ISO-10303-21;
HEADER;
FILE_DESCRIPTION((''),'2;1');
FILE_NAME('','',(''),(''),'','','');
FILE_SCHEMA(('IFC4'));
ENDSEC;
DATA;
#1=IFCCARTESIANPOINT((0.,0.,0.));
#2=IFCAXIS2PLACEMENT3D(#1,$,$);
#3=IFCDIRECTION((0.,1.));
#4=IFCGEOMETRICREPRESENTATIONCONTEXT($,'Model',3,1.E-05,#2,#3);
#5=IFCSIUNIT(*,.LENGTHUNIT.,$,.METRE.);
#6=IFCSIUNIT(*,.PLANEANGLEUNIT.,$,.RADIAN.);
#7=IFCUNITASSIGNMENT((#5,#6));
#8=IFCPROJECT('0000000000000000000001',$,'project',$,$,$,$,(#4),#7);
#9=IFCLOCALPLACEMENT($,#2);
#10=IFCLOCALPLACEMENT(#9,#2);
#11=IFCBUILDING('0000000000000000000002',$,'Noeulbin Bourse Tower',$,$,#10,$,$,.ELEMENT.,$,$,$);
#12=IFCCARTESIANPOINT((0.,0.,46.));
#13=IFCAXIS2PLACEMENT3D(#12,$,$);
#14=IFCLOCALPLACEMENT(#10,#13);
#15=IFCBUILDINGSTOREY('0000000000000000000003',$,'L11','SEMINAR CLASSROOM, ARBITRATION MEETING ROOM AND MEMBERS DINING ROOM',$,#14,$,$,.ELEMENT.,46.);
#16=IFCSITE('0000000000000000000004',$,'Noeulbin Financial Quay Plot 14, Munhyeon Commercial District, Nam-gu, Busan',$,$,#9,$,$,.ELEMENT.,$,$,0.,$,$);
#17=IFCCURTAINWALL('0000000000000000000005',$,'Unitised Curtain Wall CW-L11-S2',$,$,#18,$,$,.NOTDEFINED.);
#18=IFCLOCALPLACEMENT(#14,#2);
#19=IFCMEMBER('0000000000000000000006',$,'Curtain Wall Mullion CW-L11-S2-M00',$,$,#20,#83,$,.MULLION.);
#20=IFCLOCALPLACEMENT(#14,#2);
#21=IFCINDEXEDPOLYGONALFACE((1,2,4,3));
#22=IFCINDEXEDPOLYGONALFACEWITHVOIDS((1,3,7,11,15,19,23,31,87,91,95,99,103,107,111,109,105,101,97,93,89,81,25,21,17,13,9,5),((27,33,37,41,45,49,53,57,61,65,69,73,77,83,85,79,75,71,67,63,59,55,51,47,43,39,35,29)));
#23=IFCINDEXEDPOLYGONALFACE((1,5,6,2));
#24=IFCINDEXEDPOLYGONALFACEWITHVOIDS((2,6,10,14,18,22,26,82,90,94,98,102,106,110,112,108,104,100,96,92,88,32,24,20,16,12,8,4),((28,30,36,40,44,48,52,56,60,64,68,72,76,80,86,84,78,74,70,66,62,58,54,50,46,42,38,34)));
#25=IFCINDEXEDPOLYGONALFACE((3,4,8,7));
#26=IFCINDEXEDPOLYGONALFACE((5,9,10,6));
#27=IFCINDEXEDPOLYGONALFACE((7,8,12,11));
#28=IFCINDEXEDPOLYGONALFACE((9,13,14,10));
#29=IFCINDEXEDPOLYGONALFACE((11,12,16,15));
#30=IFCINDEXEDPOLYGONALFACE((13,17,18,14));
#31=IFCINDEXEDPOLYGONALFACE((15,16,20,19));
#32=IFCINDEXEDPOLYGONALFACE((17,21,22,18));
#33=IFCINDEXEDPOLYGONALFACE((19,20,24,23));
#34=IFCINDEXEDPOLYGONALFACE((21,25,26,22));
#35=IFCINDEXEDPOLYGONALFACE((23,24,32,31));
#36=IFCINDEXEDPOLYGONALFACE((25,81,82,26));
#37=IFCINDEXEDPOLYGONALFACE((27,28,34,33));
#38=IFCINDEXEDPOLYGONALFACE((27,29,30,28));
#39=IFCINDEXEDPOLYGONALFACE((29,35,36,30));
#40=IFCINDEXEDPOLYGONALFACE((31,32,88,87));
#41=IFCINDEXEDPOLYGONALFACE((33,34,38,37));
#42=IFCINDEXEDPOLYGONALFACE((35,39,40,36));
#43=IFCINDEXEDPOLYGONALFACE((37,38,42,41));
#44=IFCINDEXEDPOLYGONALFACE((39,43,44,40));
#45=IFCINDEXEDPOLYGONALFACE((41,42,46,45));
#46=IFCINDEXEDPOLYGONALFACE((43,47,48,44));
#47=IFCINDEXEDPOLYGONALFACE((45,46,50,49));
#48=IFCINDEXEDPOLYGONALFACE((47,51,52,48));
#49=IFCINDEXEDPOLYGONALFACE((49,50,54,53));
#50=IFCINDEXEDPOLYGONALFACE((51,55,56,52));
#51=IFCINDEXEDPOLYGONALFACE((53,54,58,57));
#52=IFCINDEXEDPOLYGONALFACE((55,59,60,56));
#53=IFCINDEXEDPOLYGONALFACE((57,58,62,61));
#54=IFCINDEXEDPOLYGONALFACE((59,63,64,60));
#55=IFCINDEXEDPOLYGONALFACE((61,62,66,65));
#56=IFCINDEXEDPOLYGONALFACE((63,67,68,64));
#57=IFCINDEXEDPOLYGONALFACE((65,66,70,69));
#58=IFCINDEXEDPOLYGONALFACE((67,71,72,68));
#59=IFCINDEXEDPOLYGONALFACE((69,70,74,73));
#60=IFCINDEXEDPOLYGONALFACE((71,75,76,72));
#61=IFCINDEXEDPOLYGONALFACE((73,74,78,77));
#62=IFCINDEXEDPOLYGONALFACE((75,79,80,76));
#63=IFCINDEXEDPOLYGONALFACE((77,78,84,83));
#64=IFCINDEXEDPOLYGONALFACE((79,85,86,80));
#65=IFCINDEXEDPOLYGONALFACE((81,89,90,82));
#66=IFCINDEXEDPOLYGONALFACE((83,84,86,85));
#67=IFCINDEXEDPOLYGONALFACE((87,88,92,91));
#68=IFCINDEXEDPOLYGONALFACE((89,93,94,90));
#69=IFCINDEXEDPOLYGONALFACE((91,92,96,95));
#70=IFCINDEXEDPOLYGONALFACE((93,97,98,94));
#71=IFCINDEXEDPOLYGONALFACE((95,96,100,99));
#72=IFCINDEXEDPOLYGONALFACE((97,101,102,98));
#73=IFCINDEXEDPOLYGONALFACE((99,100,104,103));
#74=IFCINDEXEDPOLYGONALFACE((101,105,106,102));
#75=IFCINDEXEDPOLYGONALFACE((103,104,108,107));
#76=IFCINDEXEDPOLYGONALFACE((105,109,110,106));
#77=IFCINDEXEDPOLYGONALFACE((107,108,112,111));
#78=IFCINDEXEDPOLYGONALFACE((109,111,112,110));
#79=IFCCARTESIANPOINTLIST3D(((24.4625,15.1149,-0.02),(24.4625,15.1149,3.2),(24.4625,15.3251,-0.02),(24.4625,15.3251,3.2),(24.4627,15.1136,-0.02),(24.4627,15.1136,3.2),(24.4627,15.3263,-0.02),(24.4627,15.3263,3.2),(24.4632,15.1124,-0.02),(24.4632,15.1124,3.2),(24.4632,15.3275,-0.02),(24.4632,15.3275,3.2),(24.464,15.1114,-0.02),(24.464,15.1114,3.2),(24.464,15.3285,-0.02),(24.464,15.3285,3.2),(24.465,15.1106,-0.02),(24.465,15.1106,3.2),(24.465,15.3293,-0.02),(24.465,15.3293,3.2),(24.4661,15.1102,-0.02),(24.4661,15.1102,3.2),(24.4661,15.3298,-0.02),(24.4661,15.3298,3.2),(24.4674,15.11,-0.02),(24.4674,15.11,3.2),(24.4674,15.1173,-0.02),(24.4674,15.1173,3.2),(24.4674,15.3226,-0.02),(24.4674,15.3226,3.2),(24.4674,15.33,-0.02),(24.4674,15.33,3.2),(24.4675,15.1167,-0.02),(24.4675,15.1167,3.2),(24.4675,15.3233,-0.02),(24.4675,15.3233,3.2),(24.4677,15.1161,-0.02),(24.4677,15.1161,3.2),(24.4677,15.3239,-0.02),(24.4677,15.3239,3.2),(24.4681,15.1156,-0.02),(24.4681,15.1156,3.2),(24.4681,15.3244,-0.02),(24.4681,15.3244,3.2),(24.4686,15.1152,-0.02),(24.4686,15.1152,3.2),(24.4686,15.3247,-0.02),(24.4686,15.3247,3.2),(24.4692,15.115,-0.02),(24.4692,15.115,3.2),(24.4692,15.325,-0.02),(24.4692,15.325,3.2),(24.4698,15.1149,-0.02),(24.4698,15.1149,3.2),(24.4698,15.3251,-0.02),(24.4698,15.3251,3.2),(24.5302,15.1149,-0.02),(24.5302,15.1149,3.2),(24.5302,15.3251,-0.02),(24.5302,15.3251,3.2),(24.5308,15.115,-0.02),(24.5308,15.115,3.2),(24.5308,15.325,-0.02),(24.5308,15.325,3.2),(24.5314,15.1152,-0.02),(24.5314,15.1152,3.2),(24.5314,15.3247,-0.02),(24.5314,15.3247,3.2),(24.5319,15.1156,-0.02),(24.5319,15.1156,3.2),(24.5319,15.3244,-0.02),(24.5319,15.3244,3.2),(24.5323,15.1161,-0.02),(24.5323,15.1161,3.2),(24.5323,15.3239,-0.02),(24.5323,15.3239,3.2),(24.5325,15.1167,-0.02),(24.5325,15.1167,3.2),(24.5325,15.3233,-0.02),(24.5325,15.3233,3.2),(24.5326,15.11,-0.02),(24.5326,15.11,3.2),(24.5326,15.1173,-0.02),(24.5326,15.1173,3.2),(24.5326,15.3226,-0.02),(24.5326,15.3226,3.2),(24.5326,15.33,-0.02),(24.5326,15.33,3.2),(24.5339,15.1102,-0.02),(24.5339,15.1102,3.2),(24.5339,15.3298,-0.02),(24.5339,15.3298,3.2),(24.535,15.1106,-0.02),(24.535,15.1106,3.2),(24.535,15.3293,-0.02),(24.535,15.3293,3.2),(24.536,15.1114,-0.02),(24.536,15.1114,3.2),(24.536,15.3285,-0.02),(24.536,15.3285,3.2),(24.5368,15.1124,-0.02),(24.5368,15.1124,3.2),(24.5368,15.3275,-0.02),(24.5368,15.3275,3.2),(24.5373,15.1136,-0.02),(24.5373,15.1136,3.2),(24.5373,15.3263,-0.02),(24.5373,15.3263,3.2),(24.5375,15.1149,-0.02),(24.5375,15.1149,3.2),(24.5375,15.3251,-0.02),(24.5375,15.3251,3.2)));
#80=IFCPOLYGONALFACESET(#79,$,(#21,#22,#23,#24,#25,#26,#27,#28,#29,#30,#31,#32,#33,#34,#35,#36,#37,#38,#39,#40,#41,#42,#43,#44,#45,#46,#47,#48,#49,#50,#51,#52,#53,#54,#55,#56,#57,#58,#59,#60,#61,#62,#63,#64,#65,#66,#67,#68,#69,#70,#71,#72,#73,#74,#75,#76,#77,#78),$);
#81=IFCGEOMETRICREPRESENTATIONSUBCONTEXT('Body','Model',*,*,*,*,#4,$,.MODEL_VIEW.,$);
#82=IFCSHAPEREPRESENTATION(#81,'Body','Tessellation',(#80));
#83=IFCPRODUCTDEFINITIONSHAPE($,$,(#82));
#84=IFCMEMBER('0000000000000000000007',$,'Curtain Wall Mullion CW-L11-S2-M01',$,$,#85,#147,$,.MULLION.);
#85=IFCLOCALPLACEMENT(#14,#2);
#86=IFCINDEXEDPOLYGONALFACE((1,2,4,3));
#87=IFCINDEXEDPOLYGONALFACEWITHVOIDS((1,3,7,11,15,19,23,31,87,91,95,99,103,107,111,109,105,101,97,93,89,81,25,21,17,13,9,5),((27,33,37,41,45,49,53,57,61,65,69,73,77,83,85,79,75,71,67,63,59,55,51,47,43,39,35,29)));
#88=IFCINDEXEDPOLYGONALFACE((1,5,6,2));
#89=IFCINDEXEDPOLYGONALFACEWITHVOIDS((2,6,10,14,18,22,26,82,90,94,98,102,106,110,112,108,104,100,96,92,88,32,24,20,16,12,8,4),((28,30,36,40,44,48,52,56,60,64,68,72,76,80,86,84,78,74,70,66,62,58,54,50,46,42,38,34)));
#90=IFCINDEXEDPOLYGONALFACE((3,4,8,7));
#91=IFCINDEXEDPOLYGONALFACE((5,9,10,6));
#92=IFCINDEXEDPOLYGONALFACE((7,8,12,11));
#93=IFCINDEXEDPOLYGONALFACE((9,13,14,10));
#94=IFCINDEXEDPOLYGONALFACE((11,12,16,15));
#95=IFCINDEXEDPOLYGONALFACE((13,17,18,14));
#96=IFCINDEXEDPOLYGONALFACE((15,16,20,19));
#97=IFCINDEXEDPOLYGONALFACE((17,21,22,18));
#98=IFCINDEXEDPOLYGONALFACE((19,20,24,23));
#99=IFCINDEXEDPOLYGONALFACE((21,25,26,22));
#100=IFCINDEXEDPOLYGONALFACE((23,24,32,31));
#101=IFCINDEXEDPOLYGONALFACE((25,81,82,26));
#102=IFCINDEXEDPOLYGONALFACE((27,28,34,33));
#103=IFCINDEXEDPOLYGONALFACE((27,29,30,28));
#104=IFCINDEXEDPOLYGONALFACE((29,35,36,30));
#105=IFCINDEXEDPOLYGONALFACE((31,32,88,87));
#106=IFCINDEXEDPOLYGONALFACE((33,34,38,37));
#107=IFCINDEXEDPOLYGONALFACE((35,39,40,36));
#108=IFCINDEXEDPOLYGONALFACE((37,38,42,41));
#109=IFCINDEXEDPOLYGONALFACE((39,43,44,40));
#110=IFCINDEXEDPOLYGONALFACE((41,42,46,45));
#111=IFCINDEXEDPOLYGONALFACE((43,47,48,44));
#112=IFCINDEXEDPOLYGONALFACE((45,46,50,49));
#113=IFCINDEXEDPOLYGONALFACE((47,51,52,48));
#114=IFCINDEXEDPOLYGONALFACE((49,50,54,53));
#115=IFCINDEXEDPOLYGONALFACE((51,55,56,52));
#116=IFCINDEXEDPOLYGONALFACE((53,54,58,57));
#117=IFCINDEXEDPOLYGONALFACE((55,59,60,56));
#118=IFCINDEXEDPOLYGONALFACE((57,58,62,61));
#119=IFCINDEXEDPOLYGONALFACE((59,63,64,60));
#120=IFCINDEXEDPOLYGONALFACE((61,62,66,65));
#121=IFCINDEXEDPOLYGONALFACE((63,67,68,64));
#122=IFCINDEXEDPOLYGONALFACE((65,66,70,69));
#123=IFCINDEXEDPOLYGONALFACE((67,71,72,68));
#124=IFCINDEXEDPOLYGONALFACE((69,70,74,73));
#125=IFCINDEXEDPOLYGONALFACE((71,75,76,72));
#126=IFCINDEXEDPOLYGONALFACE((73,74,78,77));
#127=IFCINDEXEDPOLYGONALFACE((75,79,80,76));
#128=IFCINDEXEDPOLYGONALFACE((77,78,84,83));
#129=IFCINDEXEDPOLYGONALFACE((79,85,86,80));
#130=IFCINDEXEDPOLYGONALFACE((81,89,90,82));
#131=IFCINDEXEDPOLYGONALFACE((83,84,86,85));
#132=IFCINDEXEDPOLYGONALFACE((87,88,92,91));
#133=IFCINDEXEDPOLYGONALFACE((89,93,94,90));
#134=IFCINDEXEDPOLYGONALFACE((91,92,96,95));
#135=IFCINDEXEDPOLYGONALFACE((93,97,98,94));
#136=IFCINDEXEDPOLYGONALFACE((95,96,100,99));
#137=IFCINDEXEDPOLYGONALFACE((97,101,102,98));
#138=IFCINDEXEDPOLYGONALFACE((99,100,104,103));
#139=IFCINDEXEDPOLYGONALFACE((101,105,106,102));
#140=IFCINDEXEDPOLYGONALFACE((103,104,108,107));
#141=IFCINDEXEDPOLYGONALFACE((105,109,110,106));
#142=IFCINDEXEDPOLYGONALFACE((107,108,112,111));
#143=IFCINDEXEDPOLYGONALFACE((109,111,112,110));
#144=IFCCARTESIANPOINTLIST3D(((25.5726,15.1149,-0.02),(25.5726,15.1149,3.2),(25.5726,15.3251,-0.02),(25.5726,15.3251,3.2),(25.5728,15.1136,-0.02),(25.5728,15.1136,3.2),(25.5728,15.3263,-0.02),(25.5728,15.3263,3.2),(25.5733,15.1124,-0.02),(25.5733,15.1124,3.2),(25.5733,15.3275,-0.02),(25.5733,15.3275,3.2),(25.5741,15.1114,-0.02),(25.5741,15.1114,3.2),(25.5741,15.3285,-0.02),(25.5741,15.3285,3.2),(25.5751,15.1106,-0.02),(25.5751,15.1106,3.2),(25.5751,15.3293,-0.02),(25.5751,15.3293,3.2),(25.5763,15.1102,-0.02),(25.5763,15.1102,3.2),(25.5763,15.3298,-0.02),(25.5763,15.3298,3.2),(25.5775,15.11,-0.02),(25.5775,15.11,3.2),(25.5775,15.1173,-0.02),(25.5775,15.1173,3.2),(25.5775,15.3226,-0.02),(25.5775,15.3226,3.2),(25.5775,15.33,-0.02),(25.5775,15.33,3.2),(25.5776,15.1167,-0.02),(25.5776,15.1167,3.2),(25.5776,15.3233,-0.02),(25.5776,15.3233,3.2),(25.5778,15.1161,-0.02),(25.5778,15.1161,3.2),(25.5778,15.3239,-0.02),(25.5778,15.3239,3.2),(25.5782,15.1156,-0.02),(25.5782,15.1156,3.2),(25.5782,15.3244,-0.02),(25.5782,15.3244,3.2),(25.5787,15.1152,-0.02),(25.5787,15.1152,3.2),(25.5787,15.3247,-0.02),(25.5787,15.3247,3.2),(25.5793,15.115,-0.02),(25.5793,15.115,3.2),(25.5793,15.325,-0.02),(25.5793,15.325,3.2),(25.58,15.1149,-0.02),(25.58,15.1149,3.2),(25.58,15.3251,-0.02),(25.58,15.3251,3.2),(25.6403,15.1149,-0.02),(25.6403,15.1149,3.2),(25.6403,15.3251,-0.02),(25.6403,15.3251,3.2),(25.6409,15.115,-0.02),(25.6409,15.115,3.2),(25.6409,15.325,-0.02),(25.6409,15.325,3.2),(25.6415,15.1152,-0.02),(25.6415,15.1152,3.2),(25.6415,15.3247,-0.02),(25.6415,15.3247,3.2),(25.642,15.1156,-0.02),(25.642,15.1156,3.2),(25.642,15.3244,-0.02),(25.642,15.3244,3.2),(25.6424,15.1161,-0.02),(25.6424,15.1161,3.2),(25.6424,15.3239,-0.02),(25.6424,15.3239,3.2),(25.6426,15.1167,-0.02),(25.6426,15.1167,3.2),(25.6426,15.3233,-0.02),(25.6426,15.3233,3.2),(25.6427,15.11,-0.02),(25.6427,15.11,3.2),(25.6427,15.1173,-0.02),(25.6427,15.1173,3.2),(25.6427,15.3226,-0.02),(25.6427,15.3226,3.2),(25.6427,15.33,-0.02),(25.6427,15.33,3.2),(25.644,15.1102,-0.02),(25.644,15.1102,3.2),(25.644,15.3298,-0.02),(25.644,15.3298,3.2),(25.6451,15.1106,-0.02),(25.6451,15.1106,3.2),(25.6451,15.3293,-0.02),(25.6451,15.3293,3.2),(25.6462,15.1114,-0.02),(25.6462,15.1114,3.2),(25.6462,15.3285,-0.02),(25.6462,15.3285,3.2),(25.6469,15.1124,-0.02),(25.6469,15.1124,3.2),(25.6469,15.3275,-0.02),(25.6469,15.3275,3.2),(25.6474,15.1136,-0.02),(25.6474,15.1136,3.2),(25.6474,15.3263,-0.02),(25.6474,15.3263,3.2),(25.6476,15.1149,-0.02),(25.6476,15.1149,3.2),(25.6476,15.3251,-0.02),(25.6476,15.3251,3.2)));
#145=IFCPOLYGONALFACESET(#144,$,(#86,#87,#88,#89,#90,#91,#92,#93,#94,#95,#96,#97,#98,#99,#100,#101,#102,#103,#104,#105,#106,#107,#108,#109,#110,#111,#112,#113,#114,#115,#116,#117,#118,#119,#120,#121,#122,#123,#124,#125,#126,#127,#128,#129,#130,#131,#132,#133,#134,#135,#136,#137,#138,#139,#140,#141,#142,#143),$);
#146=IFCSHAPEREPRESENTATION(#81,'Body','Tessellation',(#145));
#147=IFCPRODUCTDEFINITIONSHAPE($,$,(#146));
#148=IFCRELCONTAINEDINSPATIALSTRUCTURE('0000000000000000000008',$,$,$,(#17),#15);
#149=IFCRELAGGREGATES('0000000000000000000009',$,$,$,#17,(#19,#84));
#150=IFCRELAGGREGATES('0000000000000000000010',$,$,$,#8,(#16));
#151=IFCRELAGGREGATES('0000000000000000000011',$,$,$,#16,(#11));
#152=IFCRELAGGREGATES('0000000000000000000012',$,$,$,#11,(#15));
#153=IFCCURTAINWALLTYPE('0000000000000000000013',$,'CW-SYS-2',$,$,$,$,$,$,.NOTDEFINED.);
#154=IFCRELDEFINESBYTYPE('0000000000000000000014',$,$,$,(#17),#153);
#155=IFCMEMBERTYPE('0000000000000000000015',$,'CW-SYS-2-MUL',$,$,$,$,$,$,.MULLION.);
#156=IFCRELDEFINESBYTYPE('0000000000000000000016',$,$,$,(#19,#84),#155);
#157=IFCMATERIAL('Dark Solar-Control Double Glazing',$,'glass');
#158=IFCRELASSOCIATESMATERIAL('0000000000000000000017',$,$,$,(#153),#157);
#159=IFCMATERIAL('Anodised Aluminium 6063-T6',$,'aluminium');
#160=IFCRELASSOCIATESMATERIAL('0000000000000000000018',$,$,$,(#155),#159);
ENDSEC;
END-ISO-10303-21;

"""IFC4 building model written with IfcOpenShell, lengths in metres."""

from ifc_helpers import new_model, si_unit, direction, frame, origin, origin_2d, place, context, subcontext, project, spatial, hollow_rectangle, extrude, material, material_profile, profile_set, type_object, element, aggregate, save


model = new_model("IFC4")

# Units and contexts
model_context = context("Model", 3, precision=1e-05, world=origin(), true_north=direction((0.0, 1.0)))
body_context = subcontext(model_context, "Body", "Model", "MODEL_VIEW")
ifc_project = project(units=[si_unit("LENGTHUNIT", "METRE"), si_unit("PLANEANGLEUNIT", "RADIAN")], contexts=[model_context])

# Site, building, storey
site_placement = place(None, origin())
site = spatial("IfcSite", under=ifc_project, at=site_placement, Name="Noeulbin Financial Quay Plot 14, Munhyeon Commercial District, Nam-gu, Busan", CompositionType="ELEMENT", RefElevation=0.0)
building_placement = place(site_placement, origin())
building = spatial("IfcBuilding", under=site, at=building_placement, Name="Noeulbin Bourse Tower", CompositionType="ELEMENT")
storey_placement = place(building_placement, frame((0.0, 0.0, 46.0)))
storey = spatial("IfcBuildingStorey", under=building, at=storey_placement, Name="L11", Description="SEMINAR CLASSROOM, ARBITRATION MEETING ROOM AND MEMBERS DINING ROOM", CompositionType="ELEMENT", Elevation=46.0)

# Shared definitions
ifc_material_1 = material(Name="Dark Solar-Control Double Glazing", Category="glass")
curtain_wall_type = type_object("IfcCurtainWallType", Name="CW-SYS-2", PredefinedType="NOTDEFINED", material=ifc_material_1)
ifc_material_2 = material(Name="Anodised Aluminium 6063-T6", Category="aluminium")
ifc_material_profile_1 = material_profile(ifc_material_2, hollow_rectangle(XDim=0.075, YDim=0.22, WallThickness=0.0049, InnerFilletRadius=0.0024, OuterFilletRadius=0.0049, at=origin_2d()), Name="ALU-MULL-75x220x5", Category="LoadBearing")
ifc_profile_set_1 = profile_set([ifc_material_profile_1], Name="Anodised Aluminium 6063-T6")
member_type_1 = type_object("IfcMemberType", Name="CW-SYS-2-MUL", PredefinedType="MULLION", material=ifc_profile_set_1)

# Curtain wall, members
curtain_wall_1_placement = place(storey_placement, origin())
curtain_wall_1 = element("IfcCurtainWall", 1, at=curtain_wall_1_placement, inside=storey, type_object=curtain_wall_type, Name="Unitised Curtain Wall CW-L11-S2", PredefinedType="NOTDEFINED")
member_1_placement = place(storey_placement, frame((24.5, 15.22, -0.02), z_axis=(0.0, 0.0, 1.0), x_axis=(1.0, 0.0, 0.0)))
member_1 = element("IfcMember", 2, at=member_1_placement, type_object=member_type_1, Name="Curtain Wall Mullion CW-L11-S2-M00", PredefinedType="MULLION", context=body_context, shape_type="SweptSolid", body=[
    extrude(hollow_rectangle(XDim=0.075, YDim=0.22, WallThickness=0.0049, InnerFilletRadius=0.0024, OuterFilletRadius=0.0049, at=origin_2d()), origin(), (0.0, 0.0, 1.0), 3.22),
])
member_2_placement = place(storey_placement, frame((25.6101, 15.22, -0.02), z_axis=(0.0, 0.0, 1.0), x_axis=(1.0, 0.0, 0.0)))
member_2 = element("IfcMember", 3, at=member_2_placement, type_object=member_type_1, Name="Curtain Wall Mullion CW-L11-S2-M01", PredefinedType="MULLION", context=body_context, shape_type="SweptSolid", body=[
    extrude(hollow_rectangle(XDim=0.075, YDim=0.22, WallThickness=0.0049, InnerFilletRadius=0.0024, OuterFilletRadius=0.0049, at=origin_2d()), origin(), (0.0, 0.0, 1.0), 3.22),
])

aggregate(curtain_wall_1, [member_1, member_2])

save(model, "model.ifc")
